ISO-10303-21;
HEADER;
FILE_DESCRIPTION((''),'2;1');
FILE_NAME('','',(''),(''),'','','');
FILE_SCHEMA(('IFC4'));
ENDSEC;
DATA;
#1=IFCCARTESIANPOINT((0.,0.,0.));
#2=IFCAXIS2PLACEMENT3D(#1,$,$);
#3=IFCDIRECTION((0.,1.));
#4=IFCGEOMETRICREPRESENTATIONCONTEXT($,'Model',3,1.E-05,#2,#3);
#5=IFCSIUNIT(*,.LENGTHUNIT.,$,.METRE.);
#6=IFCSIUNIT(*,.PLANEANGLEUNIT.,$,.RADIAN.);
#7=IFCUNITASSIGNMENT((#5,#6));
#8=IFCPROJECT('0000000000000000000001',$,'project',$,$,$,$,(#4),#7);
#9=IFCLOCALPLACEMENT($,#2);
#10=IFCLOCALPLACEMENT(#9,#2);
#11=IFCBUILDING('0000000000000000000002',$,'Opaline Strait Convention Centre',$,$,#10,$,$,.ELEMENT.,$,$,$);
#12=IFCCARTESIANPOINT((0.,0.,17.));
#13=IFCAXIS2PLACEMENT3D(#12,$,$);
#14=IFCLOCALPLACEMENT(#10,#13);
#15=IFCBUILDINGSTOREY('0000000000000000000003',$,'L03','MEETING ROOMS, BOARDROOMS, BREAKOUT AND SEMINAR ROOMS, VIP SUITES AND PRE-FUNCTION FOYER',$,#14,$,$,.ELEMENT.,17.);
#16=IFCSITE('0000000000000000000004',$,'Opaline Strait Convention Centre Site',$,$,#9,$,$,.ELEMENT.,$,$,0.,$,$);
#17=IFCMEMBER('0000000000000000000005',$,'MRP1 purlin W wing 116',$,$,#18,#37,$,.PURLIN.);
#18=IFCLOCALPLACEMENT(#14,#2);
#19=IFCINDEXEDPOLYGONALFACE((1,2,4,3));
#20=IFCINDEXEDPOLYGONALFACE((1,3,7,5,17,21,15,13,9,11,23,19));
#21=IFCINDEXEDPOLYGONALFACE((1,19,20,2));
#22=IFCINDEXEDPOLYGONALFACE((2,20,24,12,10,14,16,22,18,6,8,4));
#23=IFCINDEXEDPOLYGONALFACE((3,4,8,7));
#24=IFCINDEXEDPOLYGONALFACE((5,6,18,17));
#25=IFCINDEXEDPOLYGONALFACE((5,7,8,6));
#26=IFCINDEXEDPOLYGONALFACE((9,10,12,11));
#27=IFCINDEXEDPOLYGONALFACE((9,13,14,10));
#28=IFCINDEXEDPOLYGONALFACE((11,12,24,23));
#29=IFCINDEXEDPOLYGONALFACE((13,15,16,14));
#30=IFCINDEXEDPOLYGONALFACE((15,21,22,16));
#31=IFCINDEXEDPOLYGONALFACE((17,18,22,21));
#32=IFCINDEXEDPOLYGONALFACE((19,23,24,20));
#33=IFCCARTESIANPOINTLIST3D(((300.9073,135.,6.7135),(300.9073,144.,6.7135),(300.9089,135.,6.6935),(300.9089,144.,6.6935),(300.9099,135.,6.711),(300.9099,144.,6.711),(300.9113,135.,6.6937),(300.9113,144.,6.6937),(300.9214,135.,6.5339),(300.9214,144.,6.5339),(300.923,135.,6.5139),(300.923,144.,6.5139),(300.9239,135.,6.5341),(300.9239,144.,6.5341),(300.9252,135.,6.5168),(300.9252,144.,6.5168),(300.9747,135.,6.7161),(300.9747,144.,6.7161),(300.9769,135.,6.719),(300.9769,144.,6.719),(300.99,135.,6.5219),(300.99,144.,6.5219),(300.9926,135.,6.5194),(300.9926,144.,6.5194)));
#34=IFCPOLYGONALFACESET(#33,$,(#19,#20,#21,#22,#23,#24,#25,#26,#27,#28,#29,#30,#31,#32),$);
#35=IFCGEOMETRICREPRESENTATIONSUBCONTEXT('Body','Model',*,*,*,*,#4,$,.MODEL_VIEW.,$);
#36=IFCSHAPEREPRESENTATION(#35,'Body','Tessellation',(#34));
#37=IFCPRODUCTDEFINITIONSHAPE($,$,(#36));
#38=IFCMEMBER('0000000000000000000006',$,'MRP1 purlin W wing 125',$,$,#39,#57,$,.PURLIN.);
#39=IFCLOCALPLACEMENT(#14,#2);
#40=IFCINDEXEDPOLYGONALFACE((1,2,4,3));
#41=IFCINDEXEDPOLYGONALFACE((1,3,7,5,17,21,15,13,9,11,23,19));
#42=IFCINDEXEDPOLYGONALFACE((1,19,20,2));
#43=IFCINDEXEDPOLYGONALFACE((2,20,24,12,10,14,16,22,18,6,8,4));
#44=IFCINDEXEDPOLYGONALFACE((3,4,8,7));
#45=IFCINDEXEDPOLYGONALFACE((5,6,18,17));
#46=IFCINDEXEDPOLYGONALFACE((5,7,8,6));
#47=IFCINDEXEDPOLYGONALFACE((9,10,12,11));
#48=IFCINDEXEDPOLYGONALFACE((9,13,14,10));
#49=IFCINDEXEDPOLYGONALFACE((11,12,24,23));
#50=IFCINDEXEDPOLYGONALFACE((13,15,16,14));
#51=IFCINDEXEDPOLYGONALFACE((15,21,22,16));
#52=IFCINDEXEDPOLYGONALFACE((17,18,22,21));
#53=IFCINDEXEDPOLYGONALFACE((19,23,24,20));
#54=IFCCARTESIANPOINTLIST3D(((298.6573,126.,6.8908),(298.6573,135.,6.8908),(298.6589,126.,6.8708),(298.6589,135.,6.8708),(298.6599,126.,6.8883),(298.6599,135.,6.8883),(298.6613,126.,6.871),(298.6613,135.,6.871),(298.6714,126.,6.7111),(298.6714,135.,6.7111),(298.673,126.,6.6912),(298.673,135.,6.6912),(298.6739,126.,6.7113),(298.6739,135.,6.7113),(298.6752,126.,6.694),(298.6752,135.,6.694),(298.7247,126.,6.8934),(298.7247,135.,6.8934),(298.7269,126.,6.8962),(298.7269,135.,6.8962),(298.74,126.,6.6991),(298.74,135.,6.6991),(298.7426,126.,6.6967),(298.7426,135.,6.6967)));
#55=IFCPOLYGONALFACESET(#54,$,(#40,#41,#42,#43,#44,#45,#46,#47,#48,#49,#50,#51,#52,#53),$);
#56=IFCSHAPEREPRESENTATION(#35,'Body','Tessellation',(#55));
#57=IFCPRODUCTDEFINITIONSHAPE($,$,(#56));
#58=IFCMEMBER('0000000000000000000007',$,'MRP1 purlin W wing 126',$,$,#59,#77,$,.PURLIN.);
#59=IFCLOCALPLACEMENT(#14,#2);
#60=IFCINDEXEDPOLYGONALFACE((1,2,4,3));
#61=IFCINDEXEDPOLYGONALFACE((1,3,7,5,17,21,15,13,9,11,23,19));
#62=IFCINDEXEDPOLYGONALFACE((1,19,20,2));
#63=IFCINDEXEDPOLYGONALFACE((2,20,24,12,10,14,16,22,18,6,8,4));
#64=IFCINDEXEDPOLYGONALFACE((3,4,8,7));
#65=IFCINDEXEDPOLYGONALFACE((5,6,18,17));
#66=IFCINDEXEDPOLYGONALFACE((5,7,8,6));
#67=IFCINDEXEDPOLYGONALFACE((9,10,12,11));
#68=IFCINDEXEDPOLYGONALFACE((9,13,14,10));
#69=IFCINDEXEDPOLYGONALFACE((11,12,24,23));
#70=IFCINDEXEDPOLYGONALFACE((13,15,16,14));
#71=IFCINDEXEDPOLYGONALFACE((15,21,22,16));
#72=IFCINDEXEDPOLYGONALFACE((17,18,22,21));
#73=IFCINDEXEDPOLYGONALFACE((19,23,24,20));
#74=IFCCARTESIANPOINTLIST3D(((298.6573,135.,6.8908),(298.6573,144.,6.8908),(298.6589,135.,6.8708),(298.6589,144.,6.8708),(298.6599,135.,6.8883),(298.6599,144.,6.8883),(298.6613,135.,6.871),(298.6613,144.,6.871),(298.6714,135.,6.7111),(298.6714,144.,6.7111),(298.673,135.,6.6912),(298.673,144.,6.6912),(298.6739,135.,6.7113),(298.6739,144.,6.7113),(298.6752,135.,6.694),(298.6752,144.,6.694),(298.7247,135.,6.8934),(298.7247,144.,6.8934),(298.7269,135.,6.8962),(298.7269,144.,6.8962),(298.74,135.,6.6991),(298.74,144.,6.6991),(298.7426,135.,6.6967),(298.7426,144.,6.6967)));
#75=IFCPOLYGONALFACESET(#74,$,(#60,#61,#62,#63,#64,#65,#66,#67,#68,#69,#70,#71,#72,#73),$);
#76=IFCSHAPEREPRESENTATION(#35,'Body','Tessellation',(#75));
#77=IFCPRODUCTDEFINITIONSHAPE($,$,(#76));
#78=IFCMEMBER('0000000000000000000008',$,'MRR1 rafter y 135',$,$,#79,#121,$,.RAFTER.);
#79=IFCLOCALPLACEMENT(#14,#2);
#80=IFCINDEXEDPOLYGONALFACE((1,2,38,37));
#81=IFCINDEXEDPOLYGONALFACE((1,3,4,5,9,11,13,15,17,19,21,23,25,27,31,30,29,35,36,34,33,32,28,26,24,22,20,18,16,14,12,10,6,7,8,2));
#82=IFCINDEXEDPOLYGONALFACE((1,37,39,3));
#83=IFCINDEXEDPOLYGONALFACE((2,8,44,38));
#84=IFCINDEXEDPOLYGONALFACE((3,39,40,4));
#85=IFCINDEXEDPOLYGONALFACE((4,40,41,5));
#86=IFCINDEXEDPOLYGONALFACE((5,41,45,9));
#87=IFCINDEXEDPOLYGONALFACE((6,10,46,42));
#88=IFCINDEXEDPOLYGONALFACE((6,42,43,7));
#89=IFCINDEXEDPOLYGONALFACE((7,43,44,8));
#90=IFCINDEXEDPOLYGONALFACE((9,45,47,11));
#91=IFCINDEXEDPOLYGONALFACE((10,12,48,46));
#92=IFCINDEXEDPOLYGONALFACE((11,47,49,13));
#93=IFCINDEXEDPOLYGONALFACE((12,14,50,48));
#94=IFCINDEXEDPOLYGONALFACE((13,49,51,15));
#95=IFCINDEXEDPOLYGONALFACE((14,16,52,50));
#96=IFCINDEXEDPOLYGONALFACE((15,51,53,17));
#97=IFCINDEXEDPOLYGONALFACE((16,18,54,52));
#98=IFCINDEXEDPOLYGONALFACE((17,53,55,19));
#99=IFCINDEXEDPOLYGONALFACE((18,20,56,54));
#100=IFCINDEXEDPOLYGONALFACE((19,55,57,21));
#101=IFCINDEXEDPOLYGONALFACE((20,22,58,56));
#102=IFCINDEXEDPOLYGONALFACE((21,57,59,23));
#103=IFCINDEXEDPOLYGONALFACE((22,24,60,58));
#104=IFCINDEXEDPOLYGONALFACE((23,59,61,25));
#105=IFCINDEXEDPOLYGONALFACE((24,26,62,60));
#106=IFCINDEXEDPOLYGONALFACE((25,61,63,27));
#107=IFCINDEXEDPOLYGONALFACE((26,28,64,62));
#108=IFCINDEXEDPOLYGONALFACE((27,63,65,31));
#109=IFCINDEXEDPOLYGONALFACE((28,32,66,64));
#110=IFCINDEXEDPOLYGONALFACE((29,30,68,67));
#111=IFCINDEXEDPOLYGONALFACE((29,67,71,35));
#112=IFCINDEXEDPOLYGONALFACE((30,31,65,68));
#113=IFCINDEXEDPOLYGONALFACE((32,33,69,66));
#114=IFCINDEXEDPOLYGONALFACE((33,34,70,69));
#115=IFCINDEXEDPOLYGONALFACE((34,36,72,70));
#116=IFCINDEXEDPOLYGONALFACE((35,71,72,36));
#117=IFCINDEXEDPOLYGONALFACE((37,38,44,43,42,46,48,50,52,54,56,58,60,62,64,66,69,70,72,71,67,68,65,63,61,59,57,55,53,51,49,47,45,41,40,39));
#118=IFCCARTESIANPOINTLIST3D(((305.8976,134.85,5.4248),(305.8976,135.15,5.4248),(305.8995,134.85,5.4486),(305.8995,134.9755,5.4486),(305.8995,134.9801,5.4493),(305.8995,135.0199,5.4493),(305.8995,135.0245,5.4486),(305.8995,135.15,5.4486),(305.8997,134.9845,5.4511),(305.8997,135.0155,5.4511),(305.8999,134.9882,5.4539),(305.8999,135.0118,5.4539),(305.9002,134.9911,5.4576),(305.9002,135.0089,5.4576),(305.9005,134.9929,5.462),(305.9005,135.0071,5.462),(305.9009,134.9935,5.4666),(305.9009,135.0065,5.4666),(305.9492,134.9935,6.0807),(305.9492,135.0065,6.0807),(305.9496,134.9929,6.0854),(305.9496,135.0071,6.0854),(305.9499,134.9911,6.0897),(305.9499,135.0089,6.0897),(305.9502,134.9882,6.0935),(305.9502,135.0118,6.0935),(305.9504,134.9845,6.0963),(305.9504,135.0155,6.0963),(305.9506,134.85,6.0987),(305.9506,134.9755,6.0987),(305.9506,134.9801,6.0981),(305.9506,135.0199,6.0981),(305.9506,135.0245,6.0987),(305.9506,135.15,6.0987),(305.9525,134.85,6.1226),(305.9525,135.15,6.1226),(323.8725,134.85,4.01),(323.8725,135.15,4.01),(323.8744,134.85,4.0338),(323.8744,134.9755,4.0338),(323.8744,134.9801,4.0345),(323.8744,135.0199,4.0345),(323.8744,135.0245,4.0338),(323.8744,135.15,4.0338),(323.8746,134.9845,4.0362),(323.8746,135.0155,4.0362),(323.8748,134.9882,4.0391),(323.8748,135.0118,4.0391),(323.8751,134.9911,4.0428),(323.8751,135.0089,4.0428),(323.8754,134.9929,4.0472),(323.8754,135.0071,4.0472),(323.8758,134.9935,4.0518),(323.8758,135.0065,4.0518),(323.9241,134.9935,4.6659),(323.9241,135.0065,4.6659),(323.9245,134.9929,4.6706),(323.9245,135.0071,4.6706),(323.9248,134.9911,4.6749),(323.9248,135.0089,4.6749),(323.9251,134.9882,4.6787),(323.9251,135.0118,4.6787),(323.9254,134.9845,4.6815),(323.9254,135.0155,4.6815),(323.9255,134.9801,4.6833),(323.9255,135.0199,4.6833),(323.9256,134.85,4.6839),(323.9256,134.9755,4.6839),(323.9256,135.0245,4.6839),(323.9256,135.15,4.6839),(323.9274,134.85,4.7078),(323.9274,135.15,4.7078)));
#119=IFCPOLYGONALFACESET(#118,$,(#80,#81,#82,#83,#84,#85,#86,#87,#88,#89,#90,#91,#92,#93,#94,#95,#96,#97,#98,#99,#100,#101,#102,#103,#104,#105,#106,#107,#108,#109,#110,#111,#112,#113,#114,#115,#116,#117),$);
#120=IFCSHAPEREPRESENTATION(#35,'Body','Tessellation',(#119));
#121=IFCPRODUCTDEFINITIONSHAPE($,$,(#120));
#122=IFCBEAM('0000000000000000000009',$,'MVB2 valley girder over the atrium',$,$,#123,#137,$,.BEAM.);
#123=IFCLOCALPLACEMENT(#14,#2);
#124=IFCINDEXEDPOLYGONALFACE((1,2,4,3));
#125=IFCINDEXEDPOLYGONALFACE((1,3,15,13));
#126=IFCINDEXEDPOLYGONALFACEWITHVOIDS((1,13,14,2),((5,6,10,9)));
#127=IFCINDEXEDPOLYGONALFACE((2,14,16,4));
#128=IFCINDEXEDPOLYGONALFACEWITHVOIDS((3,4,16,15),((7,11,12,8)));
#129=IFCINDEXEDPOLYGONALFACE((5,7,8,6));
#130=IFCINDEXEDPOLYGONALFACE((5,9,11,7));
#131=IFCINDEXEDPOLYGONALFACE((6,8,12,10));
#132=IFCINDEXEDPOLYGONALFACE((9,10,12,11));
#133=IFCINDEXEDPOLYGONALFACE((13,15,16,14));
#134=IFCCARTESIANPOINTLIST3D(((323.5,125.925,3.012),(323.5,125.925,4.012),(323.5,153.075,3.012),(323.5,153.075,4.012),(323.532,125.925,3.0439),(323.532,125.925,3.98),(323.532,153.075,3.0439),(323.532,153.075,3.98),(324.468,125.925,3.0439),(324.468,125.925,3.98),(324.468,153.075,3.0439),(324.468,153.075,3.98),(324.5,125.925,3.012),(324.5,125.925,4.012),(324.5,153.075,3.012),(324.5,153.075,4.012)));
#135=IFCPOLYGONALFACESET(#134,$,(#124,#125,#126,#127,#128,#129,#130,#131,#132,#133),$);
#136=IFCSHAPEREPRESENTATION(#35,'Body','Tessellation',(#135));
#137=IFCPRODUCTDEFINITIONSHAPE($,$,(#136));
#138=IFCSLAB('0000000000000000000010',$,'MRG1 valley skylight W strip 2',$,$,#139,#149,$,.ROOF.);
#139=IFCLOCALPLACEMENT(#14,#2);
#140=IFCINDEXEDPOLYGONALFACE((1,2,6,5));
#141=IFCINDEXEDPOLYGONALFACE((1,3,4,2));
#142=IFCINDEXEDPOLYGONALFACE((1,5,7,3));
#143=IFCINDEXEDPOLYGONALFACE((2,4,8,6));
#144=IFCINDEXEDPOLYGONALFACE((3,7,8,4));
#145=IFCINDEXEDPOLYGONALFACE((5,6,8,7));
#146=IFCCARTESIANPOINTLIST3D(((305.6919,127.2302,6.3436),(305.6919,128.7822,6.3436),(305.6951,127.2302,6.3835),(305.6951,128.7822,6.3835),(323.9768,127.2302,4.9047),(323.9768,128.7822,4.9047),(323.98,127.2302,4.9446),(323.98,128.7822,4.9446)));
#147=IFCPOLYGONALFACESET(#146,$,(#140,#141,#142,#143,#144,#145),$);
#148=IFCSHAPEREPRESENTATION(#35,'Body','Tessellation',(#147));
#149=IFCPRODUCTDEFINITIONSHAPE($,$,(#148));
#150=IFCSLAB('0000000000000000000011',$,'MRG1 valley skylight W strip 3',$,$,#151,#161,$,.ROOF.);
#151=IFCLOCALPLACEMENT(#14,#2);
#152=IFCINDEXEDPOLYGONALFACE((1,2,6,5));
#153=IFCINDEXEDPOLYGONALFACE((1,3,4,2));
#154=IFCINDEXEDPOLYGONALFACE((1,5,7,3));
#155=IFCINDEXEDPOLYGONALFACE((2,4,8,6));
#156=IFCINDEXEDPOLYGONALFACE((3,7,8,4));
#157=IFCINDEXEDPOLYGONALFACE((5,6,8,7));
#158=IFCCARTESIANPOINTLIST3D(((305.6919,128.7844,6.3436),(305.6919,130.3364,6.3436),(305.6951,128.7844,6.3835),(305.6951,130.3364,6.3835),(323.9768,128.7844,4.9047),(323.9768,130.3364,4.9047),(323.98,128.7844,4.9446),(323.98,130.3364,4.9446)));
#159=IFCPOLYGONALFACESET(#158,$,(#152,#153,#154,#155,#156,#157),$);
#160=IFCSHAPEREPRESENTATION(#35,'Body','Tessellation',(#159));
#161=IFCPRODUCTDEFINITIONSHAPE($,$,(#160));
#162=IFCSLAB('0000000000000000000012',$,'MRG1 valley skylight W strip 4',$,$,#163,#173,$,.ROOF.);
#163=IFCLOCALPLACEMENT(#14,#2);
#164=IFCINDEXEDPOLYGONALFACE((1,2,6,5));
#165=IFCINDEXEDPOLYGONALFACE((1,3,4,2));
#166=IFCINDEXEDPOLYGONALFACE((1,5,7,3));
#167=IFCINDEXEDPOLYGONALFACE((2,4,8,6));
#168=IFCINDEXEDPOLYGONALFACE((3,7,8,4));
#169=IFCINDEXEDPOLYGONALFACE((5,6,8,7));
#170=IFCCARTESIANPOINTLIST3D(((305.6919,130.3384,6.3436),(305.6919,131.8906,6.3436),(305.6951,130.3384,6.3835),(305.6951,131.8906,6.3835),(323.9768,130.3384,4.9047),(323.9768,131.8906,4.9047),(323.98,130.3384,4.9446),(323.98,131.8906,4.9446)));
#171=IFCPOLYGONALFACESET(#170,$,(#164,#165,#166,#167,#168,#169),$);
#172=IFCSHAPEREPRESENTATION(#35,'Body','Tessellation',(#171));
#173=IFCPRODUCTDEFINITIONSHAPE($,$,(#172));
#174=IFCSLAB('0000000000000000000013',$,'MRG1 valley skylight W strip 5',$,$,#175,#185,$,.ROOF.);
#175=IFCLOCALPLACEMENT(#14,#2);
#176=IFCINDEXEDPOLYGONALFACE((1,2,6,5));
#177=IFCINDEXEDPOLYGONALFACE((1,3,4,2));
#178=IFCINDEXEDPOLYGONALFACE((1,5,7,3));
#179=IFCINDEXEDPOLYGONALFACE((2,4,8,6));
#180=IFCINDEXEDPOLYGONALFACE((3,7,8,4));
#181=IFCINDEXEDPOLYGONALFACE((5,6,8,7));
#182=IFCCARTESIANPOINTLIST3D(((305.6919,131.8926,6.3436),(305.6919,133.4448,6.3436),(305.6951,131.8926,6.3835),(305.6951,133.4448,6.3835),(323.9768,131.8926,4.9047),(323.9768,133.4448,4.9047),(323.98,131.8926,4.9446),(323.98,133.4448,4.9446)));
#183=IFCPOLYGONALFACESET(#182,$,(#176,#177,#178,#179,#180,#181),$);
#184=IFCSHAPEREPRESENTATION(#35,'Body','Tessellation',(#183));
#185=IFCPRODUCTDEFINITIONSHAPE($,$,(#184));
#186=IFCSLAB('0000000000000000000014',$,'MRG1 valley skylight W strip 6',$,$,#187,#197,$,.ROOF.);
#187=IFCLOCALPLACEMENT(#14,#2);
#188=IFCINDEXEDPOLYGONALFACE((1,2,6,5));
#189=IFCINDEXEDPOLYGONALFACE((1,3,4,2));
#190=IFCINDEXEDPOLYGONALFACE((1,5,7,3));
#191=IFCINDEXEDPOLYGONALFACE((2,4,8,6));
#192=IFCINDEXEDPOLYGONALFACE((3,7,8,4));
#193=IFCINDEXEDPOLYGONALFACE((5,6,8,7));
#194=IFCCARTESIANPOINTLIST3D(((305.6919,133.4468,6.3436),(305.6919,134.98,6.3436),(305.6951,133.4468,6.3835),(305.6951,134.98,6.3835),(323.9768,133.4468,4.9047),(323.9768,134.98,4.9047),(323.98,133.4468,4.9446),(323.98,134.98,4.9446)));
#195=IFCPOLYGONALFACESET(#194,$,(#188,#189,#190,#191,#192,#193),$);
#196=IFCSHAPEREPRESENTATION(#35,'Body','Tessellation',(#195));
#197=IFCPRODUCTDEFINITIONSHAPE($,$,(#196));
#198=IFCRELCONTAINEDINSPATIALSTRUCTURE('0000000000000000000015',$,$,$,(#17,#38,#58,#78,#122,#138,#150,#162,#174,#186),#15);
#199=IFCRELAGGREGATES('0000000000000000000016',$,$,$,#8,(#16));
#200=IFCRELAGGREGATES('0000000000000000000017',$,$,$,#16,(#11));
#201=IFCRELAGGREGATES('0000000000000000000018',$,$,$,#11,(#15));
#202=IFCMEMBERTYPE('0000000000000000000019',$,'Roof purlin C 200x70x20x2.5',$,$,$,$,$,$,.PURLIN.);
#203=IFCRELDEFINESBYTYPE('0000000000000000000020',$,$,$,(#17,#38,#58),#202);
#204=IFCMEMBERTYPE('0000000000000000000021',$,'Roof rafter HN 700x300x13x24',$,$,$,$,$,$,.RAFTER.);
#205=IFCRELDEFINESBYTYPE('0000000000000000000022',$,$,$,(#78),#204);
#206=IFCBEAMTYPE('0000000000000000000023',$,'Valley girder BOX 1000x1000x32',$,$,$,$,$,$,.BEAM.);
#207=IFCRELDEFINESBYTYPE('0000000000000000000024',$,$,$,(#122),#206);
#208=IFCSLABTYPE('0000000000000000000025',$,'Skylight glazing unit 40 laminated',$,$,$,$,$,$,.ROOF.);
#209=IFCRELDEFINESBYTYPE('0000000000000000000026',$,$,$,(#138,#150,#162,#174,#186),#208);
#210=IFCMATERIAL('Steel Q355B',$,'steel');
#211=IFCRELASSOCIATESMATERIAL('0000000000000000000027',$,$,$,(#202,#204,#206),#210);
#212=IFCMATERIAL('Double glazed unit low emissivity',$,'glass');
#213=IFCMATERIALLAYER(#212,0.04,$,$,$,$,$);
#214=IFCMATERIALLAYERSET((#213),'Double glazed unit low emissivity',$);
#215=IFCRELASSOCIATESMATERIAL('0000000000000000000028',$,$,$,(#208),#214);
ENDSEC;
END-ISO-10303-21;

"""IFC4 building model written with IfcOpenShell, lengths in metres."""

from ifc_helpers import new_model, si_unit, direction, frame, origin, origin_2d, place, context, subcontext, project, spatial, polyline, hollow_rectangle, i_section, outline, extrude, material, layer, layer_set, material_profile, profile_set, type_object, element, save


model = new_model("IFC4")

# Units and contexts
model_context = context("Model", 3, precision=1e-05, world=origin(), true_north=direction((0.0, 1.0)))
body_context = subcontext(model_context, "Body", "Model", "MODEL_VIEW")
ifc_project = project(units=[si_unit("LENGTHUNIT", "METRE"), si_unit("PLANEANGLEUNIT", "RADIAN")], contexts=[model_context])

# Site, building, storey
site_placement = place(None, origin())
site = spatial("IfcSite", under=ifc_project, at=site_placement, Name="Opaline Strait Convention Centre Site", CompositionType="ELEMENT", RefElevation=0.0)
building_placement = place(site_placement, origin())
building = spatial("IfcBuilding", under=site, at=building_placement, Name="Opaline Strait Convention Centre", CompositionType="ELEMENT")
storey_placement = place(building_placement, frame((0.0, 0.0, 17.0)))
storey = spatial("IfcBuildingStorey", under=building, at=storey_placement, Name="L03", Description="MEETING ROOMS, BOARDROOMS, BREAKOUT AND SEMINAR ROOMS, VIP SUITES AND PRE-FUNCTION FOYER", CompositionType="ELEMENT", Elevation=17.0)

# Members
ifc_material_1 = material(Name="Steel Q355B", Category="steel")
ifc_material_profile_1 = material_profile(ifc_material_1, outline(polyline([(-0.0349, -0.1001), (0.0349, -0.1001), (0.0349, -0.0801), (0.0325, -0.0801), (0.0325, -0.0974), (-0.0325, -0.0974), (-0.0325, 0.0974), (0.0325, 0.0974), (0.0325, 0.0801), (0.0349, 0.0801), (0.0349, 0.1001), (-0.0349, 0.1001), (-0.0349, -0.1001)])), Name="C 200x70x20x2.5")
ifc_profile_set_1 = profile_set([ifc_material_profile_1], Name="Steel Q355B")
member_type_1 = type_object("IfcMemberType", Name="Roof purlin C 200x70x20x2.5", PredefinedType="PURLIN", material=ifc_profile_set_1)
for number, where, z_axis, x_axis, name in (
    (1, (300.95, 135.0, 6.6165), (0.0, 1.0, 0.0), (-0.996917, 0.0, -0.078459), "MRP1 purlin W wing 116"),
    (2, (298.7, 126.0, 6.7937), (0.0, 1.0, 0.0), (-0.996917, 0.0, -0.078459), "MRP1 purlin W wing 125"),
    (3, (298.7, 135.0, 6.7937), (0.0, 1.0, 0.0), (-0.996917, 0.0, -0.078459), "MRP1 purlin W wing 126"),
):
    element("IfcMember", number, at=place(storey_placement, frame(where, z_axis=z_axis, x_axis=x_axis)), inside=storey, type_object=member_type_1, Name=name, PredefinedType="PURLIN", context=body_context, shape_type="SweptSolid", body=[
        extrude(outline(polyline([(-0.0349, -0.1001), (0.0349, -0.1001), (0.0349, -0.0801), (0.0325, -0.0801), (0.0325, -0.0974), (-0.0325, -0.0974), (-0.0325, 0.0974), (0.0325, 0.0974), (0.0325, 0.0801), (0.0349, 0.0801), (0.0349, 0.1001), (-0.0349, 0.1001), (-0.0349, -0.1001)])), origin(), (0.0, 0.0, 1.0), 9.0),
    ])
ifc_material_profile_2 = material_profile(ifc_material_1, i_section(OverallWidth=0.3, OverallDepth=0.7, WebThickness=0.0129, FlangeThickness=0.0239, FilletRadius=0.0181, at=origin_2d()), Name="HN 700x300x13x24")
ifc_profile_set_2 = profile_set([ifc_material_profile_2], Name="Steel Q355B")
member_type_2 = type_object("IfcMemberType", Name="Roof rafter HN 700x300x13x24", PredefinedType="RAFTER", material=ifc_profile_set_2)
member_1_placement = place(storey_placement, frame((305.925, 135.0, 5.7737), z_axis=(0.996917, 0.0, -0.078467), x_axis=(0.0, 1.0, 0.0)))
element("IfcMember", 4, at=member_1_placement, inside=storey, type_object=member_type_2, Name="MRR1 rafter y 135", PredefinedType="RAFTER", context=body_context, shape_type="SweptSolid", body=[
    extrude(i_section(OverallWidth=0.3, OverallDepth=0.7, WebThickness=0.0129, FlangeThickness=0.0239, FilletRadius=0.0181, at=origin_2d()), origin(), (0.0, 0.0, 1.0), 18.0305),
])

# Beam
ifc_material_profile_3 = material_profile(ifc_material_1, hollow_rectangle(XDim=1.0, YDim=1.0, WallThickness=0.032, at=origin_2d()), Name="BOX 1000x1000x32")
ifc_profile_set_3 = profile_set([ifc_material_profile_3], Name="Steel Q355B")
beam_type = type_object("IfcBeamType", Name="Valley girder BOX 1000x1000x32", PredefinedType="BEAM", material=ifc_profile_set_3)
beam_placement = place(storey_placement, frame((324.0, 125.925, 3.512), z_axis=(0.0, 1.0, 0.0), x_axis=(-1.0, 0.0, 0.0)))
element("IfcBeam", 5, at=beam_placement, inside=storey, type_object=beam_type, Name="MVB2 valley girder over the atrium", PredefinedType="BEAM", context=body_context, shape_type="SweptSolid", body=[
    extrude(hollow_rectangle(XDim=1.0, YDim=1.0, WallThickness=0.032, at=origin_2d()), origin(), (0.0, 0.0, 1.0), 27.1499),
])

# Slabs
ifc_material_2 = material(Name="Double glazed unit low emissivity", Category="glass")
ifc_layer_1 = layer(ifc_material_2, 0.04)
ifc_layer_set_1 = layer_set([ifc_layer_1], Name="Double glazed unit low emissivity")
slab_type = type_object("IfcSlabType", Name="Skylight glazing unit 40 laminated", PredefinedType="ROOF", material=ifc_layer_set_1)
for number, where, z_axis, x_axis, name in (
    (6, (305.6951, 127.2302, 6.3835), (0.078454, 0.0, 0.996918), (0.996918, 0.0, -0.078454), "MRG1 valley skylight W strip 2"),
    (7, (305.6951, 128.7844, 6.3835), (0.078454, 0.0, 0.996918), (0.996918, 0.0, -0.078454), "MRG1 valley skylight W strip 3"),
):
    element("IfcSlab", number, at=place(storey_placement, frame(where, z_axis=z_axis, x_axis=x_axis)), inside=storey, type_object=slab_type, Name=name, PredefinedType="ROOF", context=body_context, shape_type="SweptSolid", body=[
        extrude(outline(polyline([(0.0, 0.0), (18.3414, 0.0), (18.3414, 1.552), (0.0, 1.552), (0.0, 0.0)])), origin(), (0.0, 0.0, -1.0), 0.04),
    ])
for number, where, z_axis, x_axis, name in (
    (8, (305.6951, 130.3384, 6.3835), (0.078454, 0.0, 0.996918), (0.996918, 0.0, -0.078454), "MRG1 valley skylight W strip 4"),
    (9, (305.6951, 131.8926, 6.3835), (0.078454, 0.0, 0.996918), (0.996918, 0.0, -0.078454), "MRG1 valley skylight W strip 5"),
):
    element("IfcSlab", number, at=place(storey_placement, frame(where, z_axis=z_axis, x_axis=x_axis)), inside=storey, type_object=slab_type, Name=name, PredefinedType="ROOF", context=body_context, shape_type="SweptSolid", body=[
        extrude(outline(polyline([(0.0, 0.0), (18.3414, 0.0), (18.3414, 1.5522), (0.0, 1.5522), (0.0, 0.0)])), origin(), (0.0, 0.0, -1.0), 0.04),
    ])
slab_1_placement = place(storey_placement, frame((305.6951, 133.4468, 6.3835), z_axis=(0.078454, 0.0, 0.996918), x_axis=(0.996918, 0.0, -0.078454)))
element("IfcSlab", 10, at=slab_1_placement, inside=storey, type_object=slab_type, Name="MRG1 valley skylight W strip 6", PredefinedType="ROOF", context=body_context, shape_type="SweptSolid", body=[
    extrude(outline(polyline([(0.0, 0.0), (18.3414, 0.0), (18.3414, 1.5332), (0.0, 1.5332), (0.0, 0.0)])), origin(), (0.0, 0.0, -1.0), 0.04),
])

save(model, "model.ifc")
